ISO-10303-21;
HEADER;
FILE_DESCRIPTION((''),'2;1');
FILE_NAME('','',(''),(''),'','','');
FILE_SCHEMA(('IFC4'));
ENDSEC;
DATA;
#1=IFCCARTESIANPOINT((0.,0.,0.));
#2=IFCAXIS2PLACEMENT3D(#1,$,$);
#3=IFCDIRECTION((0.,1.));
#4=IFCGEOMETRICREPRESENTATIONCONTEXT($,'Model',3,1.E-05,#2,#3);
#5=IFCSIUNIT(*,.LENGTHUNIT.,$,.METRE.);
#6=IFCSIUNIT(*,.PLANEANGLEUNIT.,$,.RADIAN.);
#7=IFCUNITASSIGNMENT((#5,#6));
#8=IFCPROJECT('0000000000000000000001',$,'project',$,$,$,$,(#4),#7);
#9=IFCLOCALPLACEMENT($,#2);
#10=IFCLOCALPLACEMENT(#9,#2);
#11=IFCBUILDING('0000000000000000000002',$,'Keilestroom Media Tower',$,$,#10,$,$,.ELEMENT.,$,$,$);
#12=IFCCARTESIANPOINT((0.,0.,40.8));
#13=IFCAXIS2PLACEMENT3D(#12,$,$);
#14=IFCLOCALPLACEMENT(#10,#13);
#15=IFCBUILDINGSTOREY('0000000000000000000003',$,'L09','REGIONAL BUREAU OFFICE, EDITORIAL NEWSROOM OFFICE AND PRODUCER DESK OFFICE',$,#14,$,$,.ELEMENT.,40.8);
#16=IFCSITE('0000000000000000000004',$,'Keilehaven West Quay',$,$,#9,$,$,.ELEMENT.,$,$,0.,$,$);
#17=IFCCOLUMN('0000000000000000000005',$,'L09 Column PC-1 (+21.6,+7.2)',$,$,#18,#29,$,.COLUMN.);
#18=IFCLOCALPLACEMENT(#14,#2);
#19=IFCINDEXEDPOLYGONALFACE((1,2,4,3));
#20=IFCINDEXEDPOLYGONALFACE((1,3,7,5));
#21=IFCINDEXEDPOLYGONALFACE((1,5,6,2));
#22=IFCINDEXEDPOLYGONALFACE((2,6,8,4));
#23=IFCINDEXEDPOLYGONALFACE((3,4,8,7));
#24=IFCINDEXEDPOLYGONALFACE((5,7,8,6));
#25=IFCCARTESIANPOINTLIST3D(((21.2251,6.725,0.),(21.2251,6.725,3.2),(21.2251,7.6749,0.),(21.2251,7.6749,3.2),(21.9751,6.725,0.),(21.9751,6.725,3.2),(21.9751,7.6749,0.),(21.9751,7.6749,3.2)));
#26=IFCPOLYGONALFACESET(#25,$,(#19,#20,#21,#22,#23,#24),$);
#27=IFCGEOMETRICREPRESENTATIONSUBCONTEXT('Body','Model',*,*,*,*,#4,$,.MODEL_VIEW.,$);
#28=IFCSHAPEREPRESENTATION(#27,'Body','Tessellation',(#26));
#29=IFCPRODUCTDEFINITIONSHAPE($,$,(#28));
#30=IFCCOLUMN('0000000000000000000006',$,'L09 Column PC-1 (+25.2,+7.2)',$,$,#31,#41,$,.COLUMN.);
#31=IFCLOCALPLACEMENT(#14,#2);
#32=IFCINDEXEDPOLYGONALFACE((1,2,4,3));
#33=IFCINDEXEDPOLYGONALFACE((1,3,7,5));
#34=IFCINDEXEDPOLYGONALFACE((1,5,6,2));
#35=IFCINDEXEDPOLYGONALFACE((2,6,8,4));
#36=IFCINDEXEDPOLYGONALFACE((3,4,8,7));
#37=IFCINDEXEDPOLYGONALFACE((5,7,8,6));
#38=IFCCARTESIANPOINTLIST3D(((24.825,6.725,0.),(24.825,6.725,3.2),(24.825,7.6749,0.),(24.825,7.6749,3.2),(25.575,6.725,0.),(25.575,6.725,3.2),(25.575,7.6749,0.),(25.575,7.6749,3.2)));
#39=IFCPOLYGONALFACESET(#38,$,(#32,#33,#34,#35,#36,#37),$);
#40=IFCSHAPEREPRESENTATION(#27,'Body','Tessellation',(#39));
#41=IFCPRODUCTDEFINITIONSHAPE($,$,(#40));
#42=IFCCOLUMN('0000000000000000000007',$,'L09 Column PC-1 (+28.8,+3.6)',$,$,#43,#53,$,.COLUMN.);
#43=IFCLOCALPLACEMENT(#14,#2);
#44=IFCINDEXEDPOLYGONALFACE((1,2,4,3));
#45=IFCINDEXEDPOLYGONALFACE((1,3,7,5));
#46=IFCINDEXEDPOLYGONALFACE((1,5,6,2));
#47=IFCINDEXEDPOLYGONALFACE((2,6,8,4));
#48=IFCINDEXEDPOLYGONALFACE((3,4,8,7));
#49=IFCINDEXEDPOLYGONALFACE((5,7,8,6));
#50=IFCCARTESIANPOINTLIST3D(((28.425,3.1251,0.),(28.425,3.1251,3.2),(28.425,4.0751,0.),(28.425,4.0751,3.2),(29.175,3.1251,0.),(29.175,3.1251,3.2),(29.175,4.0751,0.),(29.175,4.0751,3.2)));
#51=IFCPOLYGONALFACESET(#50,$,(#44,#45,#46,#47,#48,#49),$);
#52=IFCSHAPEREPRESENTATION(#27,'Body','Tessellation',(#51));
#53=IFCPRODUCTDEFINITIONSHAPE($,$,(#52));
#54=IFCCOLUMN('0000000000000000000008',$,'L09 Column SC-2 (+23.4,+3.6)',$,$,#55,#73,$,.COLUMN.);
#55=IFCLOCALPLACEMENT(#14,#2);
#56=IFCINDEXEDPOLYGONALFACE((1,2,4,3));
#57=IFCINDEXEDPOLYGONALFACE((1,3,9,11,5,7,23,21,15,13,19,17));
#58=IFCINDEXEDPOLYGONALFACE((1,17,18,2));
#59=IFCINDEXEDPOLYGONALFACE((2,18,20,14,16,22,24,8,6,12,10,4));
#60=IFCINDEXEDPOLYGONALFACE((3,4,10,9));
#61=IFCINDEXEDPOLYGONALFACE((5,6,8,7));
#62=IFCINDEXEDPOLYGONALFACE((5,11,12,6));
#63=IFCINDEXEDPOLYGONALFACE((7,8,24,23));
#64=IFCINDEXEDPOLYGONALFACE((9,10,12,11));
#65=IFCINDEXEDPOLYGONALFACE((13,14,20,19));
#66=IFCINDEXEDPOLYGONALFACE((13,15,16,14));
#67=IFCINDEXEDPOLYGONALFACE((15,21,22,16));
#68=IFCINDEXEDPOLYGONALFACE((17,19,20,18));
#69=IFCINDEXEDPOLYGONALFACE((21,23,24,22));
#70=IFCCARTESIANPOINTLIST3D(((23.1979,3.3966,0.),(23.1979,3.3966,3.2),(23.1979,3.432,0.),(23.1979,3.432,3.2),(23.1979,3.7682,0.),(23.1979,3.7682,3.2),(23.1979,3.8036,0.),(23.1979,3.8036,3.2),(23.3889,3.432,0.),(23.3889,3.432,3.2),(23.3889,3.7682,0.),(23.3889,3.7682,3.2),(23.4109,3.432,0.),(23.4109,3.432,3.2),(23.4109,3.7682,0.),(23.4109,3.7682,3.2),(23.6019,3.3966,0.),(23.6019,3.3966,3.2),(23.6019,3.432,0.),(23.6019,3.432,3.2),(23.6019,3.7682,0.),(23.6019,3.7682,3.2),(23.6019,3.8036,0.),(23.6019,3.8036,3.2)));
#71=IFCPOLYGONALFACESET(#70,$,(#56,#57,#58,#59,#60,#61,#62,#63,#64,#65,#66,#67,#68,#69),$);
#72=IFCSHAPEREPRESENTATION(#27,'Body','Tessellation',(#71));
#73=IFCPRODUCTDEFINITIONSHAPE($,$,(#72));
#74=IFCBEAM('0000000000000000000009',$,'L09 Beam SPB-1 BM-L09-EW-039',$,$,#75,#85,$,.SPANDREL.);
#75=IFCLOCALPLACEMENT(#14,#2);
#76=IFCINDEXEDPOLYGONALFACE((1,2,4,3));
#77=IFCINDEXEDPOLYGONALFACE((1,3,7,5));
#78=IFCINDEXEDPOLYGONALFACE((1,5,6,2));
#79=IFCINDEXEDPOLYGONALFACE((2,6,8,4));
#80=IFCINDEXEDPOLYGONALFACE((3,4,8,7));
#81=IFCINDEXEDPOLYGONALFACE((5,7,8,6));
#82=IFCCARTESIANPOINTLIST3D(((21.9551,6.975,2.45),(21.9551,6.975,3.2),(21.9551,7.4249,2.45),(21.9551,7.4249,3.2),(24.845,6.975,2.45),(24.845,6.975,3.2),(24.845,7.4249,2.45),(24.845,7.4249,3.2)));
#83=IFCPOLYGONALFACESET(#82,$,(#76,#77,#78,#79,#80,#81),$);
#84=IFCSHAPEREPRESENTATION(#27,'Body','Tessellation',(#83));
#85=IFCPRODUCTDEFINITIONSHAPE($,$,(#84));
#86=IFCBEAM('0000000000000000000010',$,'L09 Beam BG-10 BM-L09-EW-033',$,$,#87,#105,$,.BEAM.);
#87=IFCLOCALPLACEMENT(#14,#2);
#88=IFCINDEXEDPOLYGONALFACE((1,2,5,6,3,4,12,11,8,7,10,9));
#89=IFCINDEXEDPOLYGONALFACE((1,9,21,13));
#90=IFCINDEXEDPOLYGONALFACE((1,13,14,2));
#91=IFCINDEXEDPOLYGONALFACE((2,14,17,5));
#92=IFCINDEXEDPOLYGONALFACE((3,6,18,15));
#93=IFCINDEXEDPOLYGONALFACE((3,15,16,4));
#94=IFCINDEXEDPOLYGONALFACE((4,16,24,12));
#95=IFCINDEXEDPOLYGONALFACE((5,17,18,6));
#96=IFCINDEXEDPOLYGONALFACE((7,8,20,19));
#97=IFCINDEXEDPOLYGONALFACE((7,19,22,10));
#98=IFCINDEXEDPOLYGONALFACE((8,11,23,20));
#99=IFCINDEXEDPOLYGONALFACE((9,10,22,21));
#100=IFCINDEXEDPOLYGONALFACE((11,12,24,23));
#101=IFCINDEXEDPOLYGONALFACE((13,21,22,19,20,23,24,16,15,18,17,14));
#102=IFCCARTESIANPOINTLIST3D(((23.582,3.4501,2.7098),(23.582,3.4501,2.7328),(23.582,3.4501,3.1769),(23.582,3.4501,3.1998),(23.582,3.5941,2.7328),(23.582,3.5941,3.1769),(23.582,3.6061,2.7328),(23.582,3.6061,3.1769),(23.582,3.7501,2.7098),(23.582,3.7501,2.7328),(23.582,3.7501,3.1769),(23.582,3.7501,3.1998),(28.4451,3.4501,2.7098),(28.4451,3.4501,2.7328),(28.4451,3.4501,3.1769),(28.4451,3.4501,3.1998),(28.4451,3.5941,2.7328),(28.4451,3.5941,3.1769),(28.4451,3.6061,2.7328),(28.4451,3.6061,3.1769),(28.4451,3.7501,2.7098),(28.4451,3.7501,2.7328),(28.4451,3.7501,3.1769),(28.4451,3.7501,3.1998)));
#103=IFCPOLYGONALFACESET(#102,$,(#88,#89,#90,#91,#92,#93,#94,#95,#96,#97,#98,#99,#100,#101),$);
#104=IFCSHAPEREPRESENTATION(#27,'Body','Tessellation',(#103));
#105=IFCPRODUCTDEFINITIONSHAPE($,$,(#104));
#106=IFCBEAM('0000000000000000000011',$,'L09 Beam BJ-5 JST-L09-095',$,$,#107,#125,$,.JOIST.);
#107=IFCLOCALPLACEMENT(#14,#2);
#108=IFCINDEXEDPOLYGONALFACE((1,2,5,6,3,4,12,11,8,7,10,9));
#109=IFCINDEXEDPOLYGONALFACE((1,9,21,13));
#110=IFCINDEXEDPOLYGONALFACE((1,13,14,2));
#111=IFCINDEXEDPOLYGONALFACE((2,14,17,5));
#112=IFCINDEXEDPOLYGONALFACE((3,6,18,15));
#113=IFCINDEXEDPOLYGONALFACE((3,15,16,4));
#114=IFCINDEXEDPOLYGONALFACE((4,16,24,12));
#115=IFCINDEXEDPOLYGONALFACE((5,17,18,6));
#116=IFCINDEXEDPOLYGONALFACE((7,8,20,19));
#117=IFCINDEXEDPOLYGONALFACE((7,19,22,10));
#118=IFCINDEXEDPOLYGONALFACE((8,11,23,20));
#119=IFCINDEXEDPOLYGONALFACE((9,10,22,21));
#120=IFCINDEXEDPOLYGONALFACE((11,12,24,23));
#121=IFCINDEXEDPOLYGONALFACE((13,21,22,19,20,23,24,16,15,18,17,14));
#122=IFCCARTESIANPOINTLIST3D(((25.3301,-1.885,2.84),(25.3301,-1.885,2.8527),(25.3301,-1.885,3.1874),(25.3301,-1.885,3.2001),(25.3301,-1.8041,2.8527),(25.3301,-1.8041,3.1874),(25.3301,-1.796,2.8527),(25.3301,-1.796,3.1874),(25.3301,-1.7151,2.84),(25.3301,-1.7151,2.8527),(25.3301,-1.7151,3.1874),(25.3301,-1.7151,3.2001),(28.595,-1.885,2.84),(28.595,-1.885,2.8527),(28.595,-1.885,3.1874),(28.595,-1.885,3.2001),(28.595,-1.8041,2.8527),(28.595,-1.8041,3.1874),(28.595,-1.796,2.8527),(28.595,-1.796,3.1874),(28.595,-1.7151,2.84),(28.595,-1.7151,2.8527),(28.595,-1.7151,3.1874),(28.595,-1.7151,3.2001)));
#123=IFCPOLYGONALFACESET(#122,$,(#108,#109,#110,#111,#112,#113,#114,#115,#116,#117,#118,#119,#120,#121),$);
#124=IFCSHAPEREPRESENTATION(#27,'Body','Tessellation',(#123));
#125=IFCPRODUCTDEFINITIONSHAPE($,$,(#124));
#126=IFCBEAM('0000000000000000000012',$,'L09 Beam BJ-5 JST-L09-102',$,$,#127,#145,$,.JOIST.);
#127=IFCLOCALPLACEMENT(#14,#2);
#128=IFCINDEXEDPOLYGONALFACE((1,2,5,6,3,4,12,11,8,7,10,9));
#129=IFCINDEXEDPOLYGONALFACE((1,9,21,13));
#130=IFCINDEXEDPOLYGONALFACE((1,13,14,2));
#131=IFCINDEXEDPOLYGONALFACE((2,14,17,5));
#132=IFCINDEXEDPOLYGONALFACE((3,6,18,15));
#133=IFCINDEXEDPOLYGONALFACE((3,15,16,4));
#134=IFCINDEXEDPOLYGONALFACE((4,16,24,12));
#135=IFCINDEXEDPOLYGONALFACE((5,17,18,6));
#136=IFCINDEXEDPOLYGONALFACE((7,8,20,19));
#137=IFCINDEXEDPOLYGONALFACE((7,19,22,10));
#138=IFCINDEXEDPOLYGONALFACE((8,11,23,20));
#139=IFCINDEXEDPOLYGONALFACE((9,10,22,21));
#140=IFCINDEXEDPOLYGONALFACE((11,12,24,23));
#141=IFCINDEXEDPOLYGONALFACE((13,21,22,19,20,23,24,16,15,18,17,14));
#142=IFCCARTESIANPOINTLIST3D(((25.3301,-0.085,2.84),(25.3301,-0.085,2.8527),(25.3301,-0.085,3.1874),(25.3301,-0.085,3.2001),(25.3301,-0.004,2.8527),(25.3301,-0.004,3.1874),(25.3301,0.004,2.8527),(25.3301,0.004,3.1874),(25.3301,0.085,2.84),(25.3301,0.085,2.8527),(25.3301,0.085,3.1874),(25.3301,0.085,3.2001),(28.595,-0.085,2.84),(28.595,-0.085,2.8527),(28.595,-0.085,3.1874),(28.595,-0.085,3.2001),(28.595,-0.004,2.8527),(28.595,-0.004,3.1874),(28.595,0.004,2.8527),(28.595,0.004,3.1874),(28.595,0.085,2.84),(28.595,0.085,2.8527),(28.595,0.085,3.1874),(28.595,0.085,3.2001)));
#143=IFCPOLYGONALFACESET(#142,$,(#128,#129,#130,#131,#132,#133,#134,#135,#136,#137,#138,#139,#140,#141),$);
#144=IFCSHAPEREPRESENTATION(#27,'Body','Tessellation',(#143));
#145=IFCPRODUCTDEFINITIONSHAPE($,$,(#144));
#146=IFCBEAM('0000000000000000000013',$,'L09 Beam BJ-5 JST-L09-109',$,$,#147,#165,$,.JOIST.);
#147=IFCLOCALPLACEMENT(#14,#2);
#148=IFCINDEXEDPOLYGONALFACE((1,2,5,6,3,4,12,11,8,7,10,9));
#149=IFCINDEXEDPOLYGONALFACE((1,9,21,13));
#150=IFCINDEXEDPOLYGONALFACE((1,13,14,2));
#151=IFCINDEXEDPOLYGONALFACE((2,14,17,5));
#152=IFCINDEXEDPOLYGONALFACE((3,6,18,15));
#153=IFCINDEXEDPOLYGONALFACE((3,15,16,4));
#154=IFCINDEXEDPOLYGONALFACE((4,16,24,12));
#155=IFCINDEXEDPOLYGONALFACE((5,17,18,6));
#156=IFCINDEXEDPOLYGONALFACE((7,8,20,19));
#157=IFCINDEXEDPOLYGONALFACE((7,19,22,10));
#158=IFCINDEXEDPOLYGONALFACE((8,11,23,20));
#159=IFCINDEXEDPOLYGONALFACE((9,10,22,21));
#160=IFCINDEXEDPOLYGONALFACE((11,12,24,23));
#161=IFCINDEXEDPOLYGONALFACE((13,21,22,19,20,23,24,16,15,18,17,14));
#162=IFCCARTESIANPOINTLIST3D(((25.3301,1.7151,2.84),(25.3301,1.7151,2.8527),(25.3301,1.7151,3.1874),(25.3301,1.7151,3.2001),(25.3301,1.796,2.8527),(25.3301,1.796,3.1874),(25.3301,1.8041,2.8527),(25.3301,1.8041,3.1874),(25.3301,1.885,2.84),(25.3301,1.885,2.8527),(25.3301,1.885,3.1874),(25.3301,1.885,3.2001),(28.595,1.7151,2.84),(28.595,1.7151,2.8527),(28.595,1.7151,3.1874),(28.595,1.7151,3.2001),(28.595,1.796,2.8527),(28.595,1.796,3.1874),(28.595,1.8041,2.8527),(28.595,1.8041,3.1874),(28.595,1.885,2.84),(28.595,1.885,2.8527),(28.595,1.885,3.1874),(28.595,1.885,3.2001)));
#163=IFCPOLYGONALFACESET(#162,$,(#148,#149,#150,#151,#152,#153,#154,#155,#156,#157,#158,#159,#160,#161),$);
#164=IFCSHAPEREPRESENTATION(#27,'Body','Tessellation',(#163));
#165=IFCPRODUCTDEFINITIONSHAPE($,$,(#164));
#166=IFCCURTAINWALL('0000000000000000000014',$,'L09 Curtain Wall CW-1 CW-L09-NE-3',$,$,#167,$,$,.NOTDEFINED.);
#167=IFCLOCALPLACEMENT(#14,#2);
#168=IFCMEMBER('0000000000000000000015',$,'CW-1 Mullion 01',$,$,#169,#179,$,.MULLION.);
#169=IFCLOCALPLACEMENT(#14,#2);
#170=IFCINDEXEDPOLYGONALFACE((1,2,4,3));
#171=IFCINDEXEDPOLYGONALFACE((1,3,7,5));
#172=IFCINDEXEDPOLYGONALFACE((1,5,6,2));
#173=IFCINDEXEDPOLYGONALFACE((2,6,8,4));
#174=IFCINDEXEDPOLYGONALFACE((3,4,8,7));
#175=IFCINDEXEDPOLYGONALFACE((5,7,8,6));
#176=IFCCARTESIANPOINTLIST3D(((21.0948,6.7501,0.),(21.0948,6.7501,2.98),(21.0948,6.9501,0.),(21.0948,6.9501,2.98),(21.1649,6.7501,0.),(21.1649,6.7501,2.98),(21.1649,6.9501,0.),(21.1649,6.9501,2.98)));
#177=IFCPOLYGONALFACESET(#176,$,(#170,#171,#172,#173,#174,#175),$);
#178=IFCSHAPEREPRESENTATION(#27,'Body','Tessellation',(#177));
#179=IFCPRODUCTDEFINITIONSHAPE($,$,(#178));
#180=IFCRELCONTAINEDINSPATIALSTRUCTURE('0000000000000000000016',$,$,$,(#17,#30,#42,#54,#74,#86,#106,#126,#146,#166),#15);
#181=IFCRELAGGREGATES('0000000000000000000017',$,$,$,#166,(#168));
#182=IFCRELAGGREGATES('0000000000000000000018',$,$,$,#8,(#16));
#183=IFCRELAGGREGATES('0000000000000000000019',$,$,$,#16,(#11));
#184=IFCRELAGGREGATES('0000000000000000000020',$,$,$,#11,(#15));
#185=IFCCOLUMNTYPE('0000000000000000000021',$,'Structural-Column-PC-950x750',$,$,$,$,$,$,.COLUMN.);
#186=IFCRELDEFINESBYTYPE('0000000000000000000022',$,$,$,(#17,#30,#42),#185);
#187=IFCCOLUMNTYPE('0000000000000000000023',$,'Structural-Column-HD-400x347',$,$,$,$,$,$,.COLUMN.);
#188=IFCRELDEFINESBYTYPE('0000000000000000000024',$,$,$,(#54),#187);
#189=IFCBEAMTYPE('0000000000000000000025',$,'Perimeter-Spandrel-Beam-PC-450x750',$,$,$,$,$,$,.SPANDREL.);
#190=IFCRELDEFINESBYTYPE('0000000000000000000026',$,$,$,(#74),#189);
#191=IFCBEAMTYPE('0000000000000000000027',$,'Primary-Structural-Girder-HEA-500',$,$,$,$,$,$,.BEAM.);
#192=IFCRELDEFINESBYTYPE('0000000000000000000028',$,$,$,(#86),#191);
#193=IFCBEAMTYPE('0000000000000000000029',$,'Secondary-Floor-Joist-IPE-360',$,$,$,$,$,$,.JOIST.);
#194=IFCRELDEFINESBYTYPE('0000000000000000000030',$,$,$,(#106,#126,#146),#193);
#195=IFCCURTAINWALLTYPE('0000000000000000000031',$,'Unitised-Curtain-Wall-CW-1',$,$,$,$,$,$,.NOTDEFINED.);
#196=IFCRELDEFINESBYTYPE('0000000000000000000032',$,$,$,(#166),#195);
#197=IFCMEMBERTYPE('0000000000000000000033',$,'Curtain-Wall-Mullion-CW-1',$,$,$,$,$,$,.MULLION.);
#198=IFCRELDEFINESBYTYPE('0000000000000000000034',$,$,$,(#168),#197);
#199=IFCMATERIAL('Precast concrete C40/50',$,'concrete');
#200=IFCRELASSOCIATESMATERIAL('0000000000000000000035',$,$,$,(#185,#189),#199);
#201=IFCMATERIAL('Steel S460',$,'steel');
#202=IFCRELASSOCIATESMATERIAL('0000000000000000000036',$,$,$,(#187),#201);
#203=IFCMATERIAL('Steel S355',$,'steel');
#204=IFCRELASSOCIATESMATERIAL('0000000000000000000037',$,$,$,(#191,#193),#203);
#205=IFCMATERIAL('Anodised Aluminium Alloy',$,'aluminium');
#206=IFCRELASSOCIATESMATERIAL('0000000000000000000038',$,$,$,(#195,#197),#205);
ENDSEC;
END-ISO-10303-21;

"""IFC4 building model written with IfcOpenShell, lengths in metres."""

from ifc_helpers import new_model, si_unit, direction, frame, origin, origin_2d, place, context, subcontext, project, spatial, rectangle, i_section, extrude, source, transform, mapped, material, material_profile, profile_set, type_object, element, aggregate, save


model = new_model("IFC4")

# Units and contexts
model_context = context("Model", 3, precision=1e-05, world=origin(), true_north=direction((0.0, 1.0)))
body_context = subcontext(model_context, "Body", "Model", "MODEL_VIEW")
ifc_project = project(units=[si_unit("LENGTHUNIT", "METRE"), si_unit("PLANEANGLEUNIT", "RADIAN")], contexts=[model_context])

# Site, building, storey
site_placement = place(None, origin())
site = spatial("IfcSite", under=ifc_project, at=site_placement, Name="Keilehaven West Quay", CompositionType="ELEMENT", RefElevation=0.0)
building_placement = place(site_placement, origin())
building = spatial("IfcBuilding", under=site, at=building_placement, Name="Keilestroom Media Tower", CompositionType="ELEMENT")
storey_placement = place(building_placement, frame((0.0, 0.0, 40.8)))
storey = spatial("IfcBuildingStorey", under=building, at=storey_placement, Name="L09", Description="REGIONAL BUREAU OFFICE, EDITORIAL NEWSROOM OFFICE AND PRODUCER DESK OFFICE", CompositionType="ELEMENT", Elevation=40.8)

# Columns
ifc_material_1 = material(Name="Precast concrete C40/50", Category="concrete")
ifc_material_profile_1 = material_profile(ifc_material_1, rectangle(XDim=0.75, YDim=0.95, at=origin_2d()), Name="PC 950x750")
ifc_profile_set_1 = profile_set([ifc_material_profile_1], Name="Precast concrete C40/50")
column_type_1 = type_object("IfcColumnType", Name="Structural-Column-PC-950x750", PredefinedType="COLUMN", material=ifc_profile_set_1)
shared_shape_1 = source(origin(), body_context, "Body", "SweptSolid", [
    extrude(rectangle(XDim=0.75, YDim=0.95, at=origin_2d()), origin(), (0.0, 0.0, 1.0), 3.2),
])
for number, where, z_axis, x_axis, name in (
    (1, (21.6001, 7.2, 0.0), (0.0, 0.0, 1.0), (1.0, 0.0, 0.0), "L09 Column PC-1 (+21.6,+7.2)"),
    (2, (25.2, 7.2, 0.0), (0.0, 0.0, 1.0), (1.0, 0.0, 0.0), "L09 Column PC-1 (+25.2,+7.2)"),
    (3, (28.8, 3.6001, 0.0), (0.0, 0.0, 1.0), (1.0, 0.0, 0.0), "L09 Column PC-1 (+28.8,+3.6)"),
):
    element("IfcColumn", number, at=place(storey_placement, frame(where, z_axis=z_axis, x_axis=x_axis)), inside=storey, type_object=column_type_1, Name=name, PredefinedType="COLUMN", context=body_context, shape_type="MappedRepresentation", body=[
        mapped(shared_shape_1, transform((0.0, 0.0, 0.0), x_axis=(1.0, 0.0, 0.0), y_axis=(0.0, 1.0, 0.0), z_axis=(0.0, 0.0, 1.0), scale=1.0)),
    ])
ifc_material_2 = material(Name="Steel S460", Category="steel")
ifc_material_profile_2 = material_profile(ifc_material_2, i_section(OverallWidth=0.4041, OverallDepth=0.407, WebThickness=0.022, FlangeThickness=0.0354, at=origin_2d()), Name="HD 400x347")
ifc_profile_set_2 = profile_set([ifc_material_profile_2], Name="Steel S460")
column_type_2 = type_object("IfcColumnType", Name="Structural-Column-HD-400x347", PredefinedType="COLUMN", material=ifc_profile_set_2)
shared_shape_2 = source(origin(), body_context, "Body", "SweptSolid", [
    extrude(i_section(OverallWidth=0.4041, OverallDepth=0.407, WebThickness=0.022, FlangeThickness=0.0354, at=origin_2d()), origin(), (0.0, 0.0, 1.0), 3.2),
])
column_placement = place(storey_placement, frame((23.3999, 3.6001, 0.0), z_axis=(0.0, 0.0, 1.0), x_axis=(1.0, 0.0, 0.0)))
element("IfcColumn", 4, at=column_placement, inside=storey, type_object=column_type_2, Name="L09 Column SC-2 (+23.4,+3.6)", PredefinedType="COLUMN", context=body_context, shape_type="MappedRepresentation", body=[
    mapped(shared_shape_2, transform((0.0, 0.0, 0.0), x_axis=(1.0, 0.0, 0.0), y_axis=(0.0, 1.0, 0.0), z_axis=(0.0, 0.0, 1.0), scale=1.0)),
])

# Beams
ifc_material_profile_3 = material_profile(ifc_material_1, rectangle(XDim=0.45, YDim=0.75, at=origin_2d()), Name="PC 450x750")
ifc_profile_set_3 = profile_set([ifc_material_profile_3], Name="Precast concrete C40/50")
beam_type_1 = type_object("IfcBeamType", Name="Perimeter-Spandrel-Beam-PC-450x750", PredefinedType="SPANDREL", material=ifc_profile_set_3)
shared_shape_3 = source(origin(), body_context, "Body", "SweptSolid", [
    extrude(rectangle(XDim=0.45, YDim=0.75, at=origin_2d()), origin(), (0.0, 0.0, 1.0), 2.8899),
])
beam_1_placement = place(storey_placement, frame((21.9551, 7.2, 2.825), z_axis=(1.0, 0.0, 0.0), x_axis=(0.0, 1.0, 0.0)))
element("IfcBeam", 5, at=beam_1_placement, inside=storey, type_object=beam_type_1, Name="L09 Beam SPB-1 BM-L09-EW-039", PredefinedType="SPANDREL", context=body_context, shape_type="MappedRepresentation", body=[
    mapped(shared_shape_3, transform((0.0, 0.0, 0.0), x_axis=(1.0, 0.0, 0.0), y_axis=(0.0, 1.0, 0.0), z_axis=(0.0, 0.0, 1.0), scale=1.0)),
])
ifc_material_3 = material(Name="Steel S355", Category="steel")
ifc_material_profile_4 = material_profile(ifc_material_3, i_section(OverallWidth=0.3, OverallDepth=0.49, WebThickness=0.012, FlangeThickness=0.0229, at=origin_2d()), Name="HEA 500")
ifc_profile_set_4 = profile_set([ifc_material_profile_4], Name="Steel S355")
beam_type_2 = type_object("IfcBeamType", Name="Primary-Structural-Girder-HEA-500", PredefinedType="BEAM", material=ifc_profile_set_4)
shared_shape_4 = source(origin(), body_context, "Body", "SweptSolid", [
    extrude(i_section(OverallWidth=0.3, OverallDepth=0.49, WebThickness=0.012, FlangeThickness=0.0229, at=origin_2d()), origin(), (0.0, 0.0, 1.0), 4.863),
])
beam_2_placement = place(storey_placement, frame((23.582, 3.6001, 2.9548), z_axis=(1.0, 0.0, 0.0), x_axis=(0.0, 1.0, 0.0)))
element("IfcBeam", 6, at=beam_2_placement, inside=storey, type_object=beam_type_2, Name="L09 Beam BG-10 BM-L09-EW-033", PredefinedType="BEAM", context=body_context, shape_type="MappedRepresentation", body=[
    mapped(shared_shape_4, transform((0.0, 0.0, 0.0), x_axis=(1.0, 0.0, 0.0), y_axis=(0.0, 1.0, 0.0), z_axis=(0.0, 0.0, 1.0), scale=1.0)),
])
ifc_material_profile_5 = material_profile(ifc_material_3, i_section(OverallWidth=0.1699, OverallDepth=0.3601, WebThickness=0.0081, FlangeThickness=0.0127, at=origin_2d()), Name="IPE 360")
ifc_profile_set_5 = profile_set([ifc_material_profile_5], Name="Steel S355")
beam_type_3 = type_object("IfcBeamType", Name="Secondary-Floor-Joist-IPE-360", PredefinedType="JOIST", material=ifc_profile_set_5)
shared_shape_5 = source(origin(), body_context, "Body", "SweptSolid", [
    extrude(i_section(OverallWidth=0.1699, OverallDepth=0.3601, WebThickness=0.0081, FlangeThickness=0.0127, at=origin_2d()), origin(), (0.0, 0.0, 1.0), 3.2649),
])
for number, where, z_axis, x_axis, name in (
    (7, (25.3301, -1.8, 3.02), (1.0, 0.0, 0.0), (0.0, 1.0, 0.0), "L09 Beam BJ-5 JST-L09-095"),
    (8, (25.3301, 0.0, 3.02), (1.0, 0.0, 0.0), (0.0, 1.0, 0.0), "L09 Beam BJ-5 JST-L09-102"),
    (9, (25.3301, 1.8, 3.02), (1.0, 0.0, 0.0), (0.0, 1.0, 0.0), "L09 Beam BJ-5 JST-L09-109"),
):
    element("IfcBeam", number, at=place(storey_placement, frame(where, z_axis=z_axis, x_axis=x_axis)), inside=storey, type_object=beam_type_3, Name=name, PredefinedType="JOIST", context=body_context, shape_type="MappedRepresentation", body=[
        mapped(shared_shape_5, transform((0.0, 0.0, 0.0), x_axis=(1.0, 0.0, 0.0), y_axis=(0.0, 1.0, 0.0), z_axis=(0.0, 0.0, 1.0), scale=1.0)),
    ])

# Curtain wall, member
ifc_material_4 = material(Name="Anodised Aluminium Alloy", Category="aluminium")
curtain_wall_type = type_object("IfcCurtainWallType", Name="Unitised-Curtain-Wall-CW-1", PredefinedType="NOTDEFINED", material=ifc_material_4)
curtain_wall_1_placement = place(storey_placement, origin())
curtain_wall_1 = element("IfcCurtainWall", 10, at=curtain_wall_1_placement, inside=storey, type_object=curtain_wall_type, Name="L09 Curtain Wall CW-1 CW-L09-NE-3", PredefinedType="NOTDEFINED")
ifc_material_profile_6 = material_profile(ifc_material_4, rectangle(XDim=0.0701, YDim=0.2, at=origin_2d()), Name="ALU MULLION 70x200")
ifc_profile_set_6 = profile_set([ifc_material_profile_6], Name="Anodised Aluminium Alloy")
member_type_1 = type_object("IfcMemberType", Name="Curtain-Wall-Mullion-CW-1", PredefinedType="MULLION", material=ifc_profile_set_6)
shared_shape_6 = source(origin(), body_context, "Body", "SweptSolid", [
    extrude(rectangle(XDim=0.0701, YDim=0.2, at=origin_2d()), origin(), (0.0, 0.0, 1.0), 2.98),
])
member_1_placement = place(storey_placement, frame((21.1299, 6.8501, 0.0), z_axis=(0.0, 0.0, 1.0), x_axis=(1.0, 0.0, 0.0)))
member_1 = element("IfcMember", 11, at=member_1_placement, type_object=member_type_1, Name="CW-1 Mullion 01", PredefinedType="MULLION", context=body_context, shape_type="MappedRepresentation", body=[
    mapped(shared_shape_6, transform((0.0, 0.0, 0.0), x_axis=(1.0, 0.0, 0.0), y_axis=(0.0, 1.0, 0.0), z_axis=(0.0, 0.0, 1.0), scale=1.0)),
])

aggregate(curtain_wall_1, [member_1])

save(model, "model.ifc")
